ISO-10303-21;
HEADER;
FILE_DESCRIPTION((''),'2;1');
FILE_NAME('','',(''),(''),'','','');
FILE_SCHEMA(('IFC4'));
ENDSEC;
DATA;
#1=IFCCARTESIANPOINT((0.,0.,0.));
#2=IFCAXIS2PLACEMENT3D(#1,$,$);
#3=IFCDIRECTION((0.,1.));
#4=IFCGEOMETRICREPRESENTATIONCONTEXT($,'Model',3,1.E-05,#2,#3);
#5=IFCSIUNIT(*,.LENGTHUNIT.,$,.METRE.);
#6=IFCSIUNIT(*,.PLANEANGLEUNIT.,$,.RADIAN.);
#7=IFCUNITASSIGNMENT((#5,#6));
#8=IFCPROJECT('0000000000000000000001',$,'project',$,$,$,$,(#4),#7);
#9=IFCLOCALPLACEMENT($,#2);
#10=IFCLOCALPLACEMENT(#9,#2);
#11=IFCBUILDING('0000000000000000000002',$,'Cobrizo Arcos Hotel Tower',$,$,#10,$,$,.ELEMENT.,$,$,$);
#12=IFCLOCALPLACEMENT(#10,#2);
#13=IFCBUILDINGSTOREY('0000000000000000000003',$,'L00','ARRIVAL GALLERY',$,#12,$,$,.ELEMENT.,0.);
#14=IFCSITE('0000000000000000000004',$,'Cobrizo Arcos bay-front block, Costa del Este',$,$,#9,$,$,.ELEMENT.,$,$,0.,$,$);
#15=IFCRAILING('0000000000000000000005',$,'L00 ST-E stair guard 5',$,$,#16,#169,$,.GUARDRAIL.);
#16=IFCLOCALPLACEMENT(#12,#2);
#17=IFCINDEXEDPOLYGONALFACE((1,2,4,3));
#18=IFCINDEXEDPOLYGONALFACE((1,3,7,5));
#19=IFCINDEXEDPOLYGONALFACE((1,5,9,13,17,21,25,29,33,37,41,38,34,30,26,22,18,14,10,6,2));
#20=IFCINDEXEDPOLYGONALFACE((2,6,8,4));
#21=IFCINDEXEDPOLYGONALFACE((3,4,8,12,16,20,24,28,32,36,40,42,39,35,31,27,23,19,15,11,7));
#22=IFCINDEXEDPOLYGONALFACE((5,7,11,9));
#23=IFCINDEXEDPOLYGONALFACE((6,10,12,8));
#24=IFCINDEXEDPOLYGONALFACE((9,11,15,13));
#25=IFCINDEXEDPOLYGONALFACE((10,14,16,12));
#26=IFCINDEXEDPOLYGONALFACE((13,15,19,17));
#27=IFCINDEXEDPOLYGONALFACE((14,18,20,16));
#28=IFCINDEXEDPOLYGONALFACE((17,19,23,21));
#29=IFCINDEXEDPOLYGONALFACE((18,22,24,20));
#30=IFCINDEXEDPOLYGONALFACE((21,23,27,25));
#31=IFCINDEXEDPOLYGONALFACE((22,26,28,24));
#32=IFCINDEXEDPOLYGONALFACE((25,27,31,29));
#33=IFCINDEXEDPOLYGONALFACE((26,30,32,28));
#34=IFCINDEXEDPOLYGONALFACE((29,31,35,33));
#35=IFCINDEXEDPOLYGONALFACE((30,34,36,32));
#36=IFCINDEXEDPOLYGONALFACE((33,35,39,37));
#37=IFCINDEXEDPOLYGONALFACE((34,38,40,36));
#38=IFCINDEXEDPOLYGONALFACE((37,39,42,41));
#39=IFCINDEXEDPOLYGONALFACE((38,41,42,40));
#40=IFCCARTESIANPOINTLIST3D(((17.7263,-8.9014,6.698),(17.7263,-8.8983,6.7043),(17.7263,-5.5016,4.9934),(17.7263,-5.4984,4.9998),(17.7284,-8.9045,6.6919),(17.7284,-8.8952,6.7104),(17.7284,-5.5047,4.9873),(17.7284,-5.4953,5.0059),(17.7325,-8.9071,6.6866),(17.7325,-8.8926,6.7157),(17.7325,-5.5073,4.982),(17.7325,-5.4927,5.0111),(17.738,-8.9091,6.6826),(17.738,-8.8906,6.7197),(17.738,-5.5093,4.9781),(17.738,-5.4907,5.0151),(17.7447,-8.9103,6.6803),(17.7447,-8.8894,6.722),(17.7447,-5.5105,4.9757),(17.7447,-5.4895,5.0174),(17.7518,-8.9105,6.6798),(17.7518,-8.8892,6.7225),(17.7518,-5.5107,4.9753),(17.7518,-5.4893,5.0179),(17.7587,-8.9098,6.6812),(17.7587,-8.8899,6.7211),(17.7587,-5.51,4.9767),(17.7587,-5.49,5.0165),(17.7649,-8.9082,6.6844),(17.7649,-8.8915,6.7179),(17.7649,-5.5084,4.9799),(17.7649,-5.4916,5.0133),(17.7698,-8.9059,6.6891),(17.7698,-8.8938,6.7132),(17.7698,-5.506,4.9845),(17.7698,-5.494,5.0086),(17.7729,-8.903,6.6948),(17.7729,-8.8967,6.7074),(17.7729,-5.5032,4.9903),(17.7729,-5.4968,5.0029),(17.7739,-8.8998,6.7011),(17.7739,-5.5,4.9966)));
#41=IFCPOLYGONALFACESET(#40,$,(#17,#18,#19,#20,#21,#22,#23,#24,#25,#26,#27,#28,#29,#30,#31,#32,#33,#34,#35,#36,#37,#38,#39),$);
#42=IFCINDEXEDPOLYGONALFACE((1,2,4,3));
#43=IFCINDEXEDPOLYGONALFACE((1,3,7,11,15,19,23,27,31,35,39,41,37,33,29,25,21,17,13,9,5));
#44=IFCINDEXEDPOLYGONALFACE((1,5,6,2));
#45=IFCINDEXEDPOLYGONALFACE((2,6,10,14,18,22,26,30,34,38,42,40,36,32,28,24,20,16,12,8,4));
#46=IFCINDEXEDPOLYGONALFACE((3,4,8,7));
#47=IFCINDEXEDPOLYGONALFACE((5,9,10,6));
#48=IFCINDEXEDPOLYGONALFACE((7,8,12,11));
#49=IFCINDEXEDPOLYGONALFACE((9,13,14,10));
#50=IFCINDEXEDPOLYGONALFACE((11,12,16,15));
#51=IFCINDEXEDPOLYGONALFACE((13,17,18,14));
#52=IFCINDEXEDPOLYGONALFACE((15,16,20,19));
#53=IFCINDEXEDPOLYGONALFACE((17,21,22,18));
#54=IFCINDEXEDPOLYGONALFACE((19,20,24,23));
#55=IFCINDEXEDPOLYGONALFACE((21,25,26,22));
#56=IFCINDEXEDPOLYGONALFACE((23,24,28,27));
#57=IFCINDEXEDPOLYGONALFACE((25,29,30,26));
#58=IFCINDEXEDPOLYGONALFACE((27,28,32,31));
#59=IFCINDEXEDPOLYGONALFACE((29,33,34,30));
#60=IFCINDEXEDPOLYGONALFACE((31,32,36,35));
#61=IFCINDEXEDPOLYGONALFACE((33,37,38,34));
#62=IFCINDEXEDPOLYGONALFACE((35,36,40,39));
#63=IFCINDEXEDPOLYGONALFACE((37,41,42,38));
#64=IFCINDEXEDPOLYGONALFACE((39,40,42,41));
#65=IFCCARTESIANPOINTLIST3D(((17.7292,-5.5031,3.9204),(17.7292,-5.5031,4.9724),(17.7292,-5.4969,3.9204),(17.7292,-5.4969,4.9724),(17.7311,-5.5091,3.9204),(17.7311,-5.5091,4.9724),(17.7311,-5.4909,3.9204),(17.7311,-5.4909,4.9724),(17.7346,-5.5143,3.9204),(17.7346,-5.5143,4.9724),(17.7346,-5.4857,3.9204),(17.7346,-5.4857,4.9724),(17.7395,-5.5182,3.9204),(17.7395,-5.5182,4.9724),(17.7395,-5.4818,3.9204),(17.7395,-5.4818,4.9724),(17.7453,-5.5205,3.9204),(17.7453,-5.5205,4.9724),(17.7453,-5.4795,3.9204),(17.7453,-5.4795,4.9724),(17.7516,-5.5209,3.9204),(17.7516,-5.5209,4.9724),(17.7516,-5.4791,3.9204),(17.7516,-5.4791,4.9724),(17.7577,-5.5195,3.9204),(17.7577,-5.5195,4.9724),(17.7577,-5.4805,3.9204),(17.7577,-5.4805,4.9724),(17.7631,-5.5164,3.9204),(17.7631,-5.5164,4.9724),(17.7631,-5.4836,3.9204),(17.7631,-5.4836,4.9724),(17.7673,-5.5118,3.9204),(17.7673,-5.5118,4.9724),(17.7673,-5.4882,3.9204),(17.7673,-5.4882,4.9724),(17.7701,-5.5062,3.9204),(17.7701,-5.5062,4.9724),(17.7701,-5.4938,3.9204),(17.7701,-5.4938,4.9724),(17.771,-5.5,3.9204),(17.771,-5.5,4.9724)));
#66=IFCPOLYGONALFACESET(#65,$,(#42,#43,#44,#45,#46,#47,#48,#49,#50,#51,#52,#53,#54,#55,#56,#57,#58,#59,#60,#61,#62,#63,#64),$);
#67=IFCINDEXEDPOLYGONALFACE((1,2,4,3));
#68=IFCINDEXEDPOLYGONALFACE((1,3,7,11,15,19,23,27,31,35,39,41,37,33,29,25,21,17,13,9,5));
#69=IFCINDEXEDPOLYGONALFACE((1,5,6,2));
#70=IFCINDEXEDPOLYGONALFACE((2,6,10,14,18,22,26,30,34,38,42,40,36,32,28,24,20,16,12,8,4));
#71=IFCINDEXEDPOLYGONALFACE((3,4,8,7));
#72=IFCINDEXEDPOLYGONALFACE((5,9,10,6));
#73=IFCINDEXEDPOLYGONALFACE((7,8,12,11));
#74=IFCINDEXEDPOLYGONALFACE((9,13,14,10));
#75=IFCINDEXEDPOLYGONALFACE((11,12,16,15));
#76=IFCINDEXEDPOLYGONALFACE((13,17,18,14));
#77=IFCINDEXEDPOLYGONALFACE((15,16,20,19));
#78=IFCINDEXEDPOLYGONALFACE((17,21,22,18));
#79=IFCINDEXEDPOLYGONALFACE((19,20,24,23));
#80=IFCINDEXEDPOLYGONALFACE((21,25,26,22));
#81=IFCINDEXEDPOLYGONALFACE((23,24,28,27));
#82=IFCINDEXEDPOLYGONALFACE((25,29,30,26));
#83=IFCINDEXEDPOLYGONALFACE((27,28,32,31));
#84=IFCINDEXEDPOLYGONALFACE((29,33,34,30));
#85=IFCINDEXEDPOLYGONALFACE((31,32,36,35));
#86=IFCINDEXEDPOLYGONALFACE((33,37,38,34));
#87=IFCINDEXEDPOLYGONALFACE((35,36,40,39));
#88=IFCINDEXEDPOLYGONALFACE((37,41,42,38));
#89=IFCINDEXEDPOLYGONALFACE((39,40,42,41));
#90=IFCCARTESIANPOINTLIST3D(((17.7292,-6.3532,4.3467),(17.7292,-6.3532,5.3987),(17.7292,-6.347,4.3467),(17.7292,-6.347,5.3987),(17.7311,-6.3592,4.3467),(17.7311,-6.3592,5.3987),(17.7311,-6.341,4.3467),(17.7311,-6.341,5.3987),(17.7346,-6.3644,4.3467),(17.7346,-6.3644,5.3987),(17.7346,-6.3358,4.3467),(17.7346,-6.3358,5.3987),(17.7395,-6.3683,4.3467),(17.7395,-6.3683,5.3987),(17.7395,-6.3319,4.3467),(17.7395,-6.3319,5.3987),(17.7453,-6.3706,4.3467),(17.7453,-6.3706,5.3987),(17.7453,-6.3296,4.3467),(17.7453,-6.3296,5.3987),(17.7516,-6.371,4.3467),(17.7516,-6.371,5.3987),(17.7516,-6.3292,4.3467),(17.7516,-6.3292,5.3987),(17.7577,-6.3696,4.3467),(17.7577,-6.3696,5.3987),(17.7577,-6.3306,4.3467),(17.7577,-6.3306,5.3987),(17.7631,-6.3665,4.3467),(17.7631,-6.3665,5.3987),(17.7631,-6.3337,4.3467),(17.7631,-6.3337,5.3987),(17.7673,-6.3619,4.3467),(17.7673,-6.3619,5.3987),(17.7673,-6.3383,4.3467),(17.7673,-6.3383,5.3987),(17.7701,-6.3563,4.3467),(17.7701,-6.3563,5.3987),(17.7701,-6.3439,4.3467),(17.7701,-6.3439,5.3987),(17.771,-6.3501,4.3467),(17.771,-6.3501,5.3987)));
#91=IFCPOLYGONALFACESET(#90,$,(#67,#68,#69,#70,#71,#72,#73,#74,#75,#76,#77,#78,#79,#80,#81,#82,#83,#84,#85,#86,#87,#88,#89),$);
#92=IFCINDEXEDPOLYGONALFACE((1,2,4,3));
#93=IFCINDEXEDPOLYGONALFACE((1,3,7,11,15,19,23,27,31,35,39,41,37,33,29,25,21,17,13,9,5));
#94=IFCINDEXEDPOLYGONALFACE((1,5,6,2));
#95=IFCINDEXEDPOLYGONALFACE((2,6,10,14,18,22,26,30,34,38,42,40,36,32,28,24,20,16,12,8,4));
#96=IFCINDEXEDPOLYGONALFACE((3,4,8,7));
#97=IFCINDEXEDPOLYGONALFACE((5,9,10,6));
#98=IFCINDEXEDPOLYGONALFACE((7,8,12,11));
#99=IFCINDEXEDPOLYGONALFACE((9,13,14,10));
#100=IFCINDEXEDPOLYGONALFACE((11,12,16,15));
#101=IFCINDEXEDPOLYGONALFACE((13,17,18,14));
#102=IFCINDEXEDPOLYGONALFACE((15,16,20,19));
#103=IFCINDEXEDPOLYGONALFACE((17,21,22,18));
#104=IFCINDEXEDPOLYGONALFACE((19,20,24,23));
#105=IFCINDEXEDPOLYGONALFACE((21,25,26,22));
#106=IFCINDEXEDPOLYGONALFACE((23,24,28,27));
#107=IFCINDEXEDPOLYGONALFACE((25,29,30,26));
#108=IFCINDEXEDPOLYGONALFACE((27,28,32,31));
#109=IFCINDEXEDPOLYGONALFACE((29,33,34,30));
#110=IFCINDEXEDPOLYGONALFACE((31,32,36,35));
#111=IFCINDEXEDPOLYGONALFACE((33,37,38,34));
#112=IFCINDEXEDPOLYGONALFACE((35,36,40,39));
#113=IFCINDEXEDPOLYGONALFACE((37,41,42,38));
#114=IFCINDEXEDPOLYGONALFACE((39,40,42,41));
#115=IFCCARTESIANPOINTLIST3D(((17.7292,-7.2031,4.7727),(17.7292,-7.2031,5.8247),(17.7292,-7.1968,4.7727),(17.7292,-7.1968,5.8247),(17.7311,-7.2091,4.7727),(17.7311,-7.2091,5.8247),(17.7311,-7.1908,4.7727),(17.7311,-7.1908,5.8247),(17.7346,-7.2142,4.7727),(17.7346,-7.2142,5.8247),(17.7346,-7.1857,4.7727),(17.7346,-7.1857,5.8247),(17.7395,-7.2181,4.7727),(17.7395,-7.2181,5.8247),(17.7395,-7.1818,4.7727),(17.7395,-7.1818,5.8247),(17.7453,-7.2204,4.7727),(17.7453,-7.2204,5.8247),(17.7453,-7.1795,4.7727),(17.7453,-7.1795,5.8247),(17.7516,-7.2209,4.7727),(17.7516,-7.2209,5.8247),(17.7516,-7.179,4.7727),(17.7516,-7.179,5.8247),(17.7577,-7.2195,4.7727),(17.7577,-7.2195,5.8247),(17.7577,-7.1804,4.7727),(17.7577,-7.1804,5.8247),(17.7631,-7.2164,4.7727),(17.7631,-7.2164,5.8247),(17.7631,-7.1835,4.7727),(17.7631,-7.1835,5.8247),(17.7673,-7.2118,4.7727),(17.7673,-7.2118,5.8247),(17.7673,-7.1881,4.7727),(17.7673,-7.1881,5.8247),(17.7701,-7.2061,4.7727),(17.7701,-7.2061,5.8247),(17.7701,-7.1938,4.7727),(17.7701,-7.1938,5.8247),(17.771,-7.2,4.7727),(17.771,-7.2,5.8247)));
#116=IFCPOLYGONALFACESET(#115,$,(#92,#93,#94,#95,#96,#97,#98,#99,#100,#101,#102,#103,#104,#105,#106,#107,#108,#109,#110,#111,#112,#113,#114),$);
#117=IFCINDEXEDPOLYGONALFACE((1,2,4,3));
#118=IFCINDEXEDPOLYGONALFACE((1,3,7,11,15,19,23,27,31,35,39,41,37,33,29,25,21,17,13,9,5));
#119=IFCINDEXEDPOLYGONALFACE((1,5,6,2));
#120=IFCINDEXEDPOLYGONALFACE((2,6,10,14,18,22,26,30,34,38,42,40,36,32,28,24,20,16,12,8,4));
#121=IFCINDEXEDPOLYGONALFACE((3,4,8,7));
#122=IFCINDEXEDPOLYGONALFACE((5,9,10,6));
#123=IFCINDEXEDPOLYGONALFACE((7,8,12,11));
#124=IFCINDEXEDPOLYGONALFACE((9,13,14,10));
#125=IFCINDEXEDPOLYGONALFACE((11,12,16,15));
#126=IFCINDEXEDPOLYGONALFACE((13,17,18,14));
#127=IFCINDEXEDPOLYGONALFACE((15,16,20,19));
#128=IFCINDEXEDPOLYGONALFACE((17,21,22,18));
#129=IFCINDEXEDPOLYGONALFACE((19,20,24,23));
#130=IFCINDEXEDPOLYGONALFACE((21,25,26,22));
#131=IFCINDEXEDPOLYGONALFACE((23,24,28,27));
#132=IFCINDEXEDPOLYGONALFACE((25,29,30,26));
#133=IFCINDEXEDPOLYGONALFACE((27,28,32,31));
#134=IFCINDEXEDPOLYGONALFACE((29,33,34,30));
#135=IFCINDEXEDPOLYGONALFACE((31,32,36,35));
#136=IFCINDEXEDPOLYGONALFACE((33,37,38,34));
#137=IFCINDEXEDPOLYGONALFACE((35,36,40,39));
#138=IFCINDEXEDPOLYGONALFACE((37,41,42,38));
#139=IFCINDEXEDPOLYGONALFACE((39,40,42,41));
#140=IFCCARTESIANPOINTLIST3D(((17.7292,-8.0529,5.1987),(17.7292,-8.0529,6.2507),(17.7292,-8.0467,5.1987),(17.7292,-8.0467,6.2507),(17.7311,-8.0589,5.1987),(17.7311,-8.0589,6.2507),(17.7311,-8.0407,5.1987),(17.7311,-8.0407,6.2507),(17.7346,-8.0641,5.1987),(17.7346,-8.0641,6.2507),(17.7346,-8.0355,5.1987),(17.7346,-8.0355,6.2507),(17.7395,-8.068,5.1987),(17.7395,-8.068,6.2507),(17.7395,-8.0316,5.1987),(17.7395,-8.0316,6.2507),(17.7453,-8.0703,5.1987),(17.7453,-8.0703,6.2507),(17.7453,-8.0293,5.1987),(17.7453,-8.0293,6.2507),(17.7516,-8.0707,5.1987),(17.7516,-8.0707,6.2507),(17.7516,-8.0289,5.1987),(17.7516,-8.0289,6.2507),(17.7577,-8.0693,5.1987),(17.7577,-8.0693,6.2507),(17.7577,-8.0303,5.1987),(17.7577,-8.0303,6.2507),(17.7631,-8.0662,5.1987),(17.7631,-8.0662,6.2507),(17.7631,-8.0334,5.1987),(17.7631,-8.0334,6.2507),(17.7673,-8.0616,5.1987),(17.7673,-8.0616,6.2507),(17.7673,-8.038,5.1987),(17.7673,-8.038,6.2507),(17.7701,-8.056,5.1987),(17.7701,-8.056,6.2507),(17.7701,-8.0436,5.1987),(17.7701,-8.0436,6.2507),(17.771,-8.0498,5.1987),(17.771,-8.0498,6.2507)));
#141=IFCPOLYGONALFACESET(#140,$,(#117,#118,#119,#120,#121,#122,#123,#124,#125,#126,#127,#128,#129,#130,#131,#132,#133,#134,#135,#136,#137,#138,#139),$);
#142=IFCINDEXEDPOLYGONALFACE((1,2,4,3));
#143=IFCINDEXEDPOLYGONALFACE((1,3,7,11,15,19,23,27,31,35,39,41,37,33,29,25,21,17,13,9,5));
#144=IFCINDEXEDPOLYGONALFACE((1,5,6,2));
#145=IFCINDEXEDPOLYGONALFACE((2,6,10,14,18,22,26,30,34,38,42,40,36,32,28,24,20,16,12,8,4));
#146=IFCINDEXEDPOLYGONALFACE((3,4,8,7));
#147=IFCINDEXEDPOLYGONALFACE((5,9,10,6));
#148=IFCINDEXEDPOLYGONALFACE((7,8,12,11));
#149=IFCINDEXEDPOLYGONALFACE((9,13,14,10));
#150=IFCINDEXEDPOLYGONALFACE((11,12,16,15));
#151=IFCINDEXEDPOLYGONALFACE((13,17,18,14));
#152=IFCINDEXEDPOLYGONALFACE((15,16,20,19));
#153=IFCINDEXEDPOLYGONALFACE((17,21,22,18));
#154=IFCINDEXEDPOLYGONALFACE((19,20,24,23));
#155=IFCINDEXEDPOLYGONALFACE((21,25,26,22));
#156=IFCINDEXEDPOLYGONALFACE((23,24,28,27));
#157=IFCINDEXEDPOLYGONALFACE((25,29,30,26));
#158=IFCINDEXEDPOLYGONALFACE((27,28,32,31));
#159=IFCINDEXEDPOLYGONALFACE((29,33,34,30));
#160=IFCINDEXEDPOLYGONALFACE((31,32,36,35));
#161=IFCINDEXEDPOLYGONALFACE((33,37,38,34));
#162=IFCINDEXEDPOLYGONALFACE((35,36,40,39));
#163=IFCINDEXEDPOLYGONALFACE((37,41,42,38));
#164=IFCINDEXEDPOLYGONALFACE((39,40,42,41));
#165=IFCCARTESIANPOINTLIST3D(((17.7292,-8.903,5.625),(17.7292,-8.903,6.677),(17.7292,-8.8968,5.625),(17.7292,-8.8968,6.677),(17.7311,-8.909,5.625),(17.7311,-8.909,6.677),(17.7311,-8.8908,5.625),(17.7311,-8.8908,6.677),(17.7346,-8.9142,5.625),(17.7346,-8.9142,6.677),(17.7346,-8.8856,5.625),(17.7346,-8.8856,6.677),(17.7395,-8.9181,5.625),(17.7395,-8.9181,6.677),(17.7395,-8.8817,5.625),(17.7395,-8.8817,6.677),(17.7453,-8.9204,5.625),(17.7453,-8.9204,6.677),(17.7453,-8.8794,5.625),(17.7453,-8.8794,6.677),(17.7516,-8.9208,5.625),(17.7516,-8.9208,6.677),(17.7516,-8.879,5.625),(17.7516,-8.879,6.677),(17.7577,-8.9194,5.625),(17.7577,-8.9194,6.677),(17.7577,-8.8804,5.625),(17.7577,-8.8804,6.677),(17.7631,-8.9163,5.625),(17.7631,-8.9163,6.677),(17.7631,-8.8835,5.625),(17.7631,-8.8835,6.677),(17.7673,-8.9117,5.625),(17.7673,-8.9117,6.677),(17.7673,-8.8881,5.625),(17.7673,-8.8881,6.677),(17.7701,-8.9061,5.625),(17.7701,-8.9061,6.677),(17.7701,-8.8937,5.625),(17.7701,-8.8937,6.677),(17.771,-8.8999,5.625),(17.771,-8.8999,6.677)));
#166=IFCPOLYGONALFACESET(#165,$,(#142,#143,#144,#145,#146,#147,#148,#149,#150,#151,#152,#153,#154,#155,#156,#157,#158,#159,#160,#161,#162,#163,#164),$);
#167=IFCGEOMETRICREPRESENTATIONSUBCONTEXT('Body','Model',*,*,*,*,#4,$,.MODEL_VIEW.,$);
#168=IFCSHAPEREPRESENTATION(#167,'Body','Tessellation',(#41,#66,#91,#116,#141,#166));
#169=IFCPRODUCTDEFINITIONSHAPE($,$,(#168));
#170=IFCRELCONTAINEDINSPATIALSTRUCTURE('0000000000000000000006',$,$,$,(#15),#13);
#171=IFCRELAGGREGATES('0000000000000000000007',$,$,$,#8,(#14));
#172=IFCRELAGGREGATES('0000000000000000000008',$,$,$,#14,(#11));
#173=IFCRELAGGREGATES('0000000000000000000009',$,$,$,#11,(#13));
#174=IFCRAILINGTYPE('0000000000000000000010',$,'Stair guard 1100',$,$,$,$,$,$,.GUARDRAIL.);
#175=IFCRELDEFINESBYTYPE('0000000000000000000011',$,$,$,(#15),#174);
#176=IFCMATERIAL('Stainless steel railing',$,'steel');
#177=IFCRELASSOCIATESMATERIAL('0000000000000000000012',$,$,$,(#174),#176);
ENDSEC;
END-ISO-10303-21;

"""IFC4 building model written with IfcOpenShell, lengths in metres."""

from ifc_helpers import new_model, si_unit, direction, frame, origin, origin_2d, place, context, subcontext, project, spatial, circle, extrude, material, type_object, element, save


model = new_model("IFC4")

# Units and contexts
model_context = context("Model", 3, precision=1e-05, world=origin(), true_north=direction((0.0, 1.0)))
body_context = subcontext(model_context, "Body", "Model", "MODEL_VIEW")
ifc_project = project(units=[si_unit("LENGTHUNIT", "METRE"), si_unit("PLANEANGLEUNIT", "RADIAN")], contexts=[model_context])

# Site, building, storey
site_placement = place(None, origin())
site = spatial("IfcSite", under=ifc_project, at=site_placement, Name="Cobrizo Arcos bay-front block, Costa del Este", CompositionType="ELEMENT", RefElevation=0.0)
building_placement = place(site_placement, origin())
building = spatial("IfcBuilding", under=site, at=building_placement, Name="Cobrizo Arcos Hotel Tower", CompositionType="ELEMENT")
storey_placement = place(building_placement, origin())
storey = spatial("IfcBuildingStorey", under=building, at=storey_placement, Name="L00", Description="ARRIVAL GALLERY", CompositionType="ELEMENT", Elevation=0.0)

# Railing
ifc_material_1 = material(Name="Stainless steel railing", Category="steel")
railing_type_1 = type_object("IfcRailingType", Name="Stair guard 1100", PredefinedType="GUARDRAIL", material=ifc_material_1)
railing_1_placement = place(storey_placement, frame((17.75, -5.5, 3.9204)))
element("IfcRailing", 1, at=railing_1_placement, inside=storey, type_object=railing_type_1, Name="L00 ST-E stair guard 5", PredefinedType="GUARDRAIL", context=body_context, shape_type="SweptSolid", body=[
    extrude(circle(Radius=0.0239, at=origin_2d()), frame((0.0, 0.0, 1.0762), z_axis=(0.0, -0.893939, 0.448189), x_axis=(1.0, 0.0, 0.0)), (0.0, 0.0, 1.0), 3.8032),
    extrude(circle(Radius=0.021, at=origin_2d()), origin(), (0.0, 0.0, 1.0), 1.052),
    extrude(circle(Radius=0.021, at=origin_2d()), frame((0.0, -0.8501, 0.4263)), (0.0, 0.0, 1.0), 1.052),
    extrude(circle(Radius=0.021, at=origin_2d()), frame((0.0, -1.7, 0.8523)), (0.0, 0.0, 1.0), 1.052),
    extrude(circle(Radius=0.021, at=origin_2d()), frame((0.0, -2.5498, 1.2783)), (0.0, 0.0, 1.0), 1.052),
    extrude(circle(Radius=0.021, at=origin_2d()), frame((0.0, -3.3999, 1.7046)), (0.0, 0.0, 1.0), 1.052),
])

save(model, "model.ifc")
